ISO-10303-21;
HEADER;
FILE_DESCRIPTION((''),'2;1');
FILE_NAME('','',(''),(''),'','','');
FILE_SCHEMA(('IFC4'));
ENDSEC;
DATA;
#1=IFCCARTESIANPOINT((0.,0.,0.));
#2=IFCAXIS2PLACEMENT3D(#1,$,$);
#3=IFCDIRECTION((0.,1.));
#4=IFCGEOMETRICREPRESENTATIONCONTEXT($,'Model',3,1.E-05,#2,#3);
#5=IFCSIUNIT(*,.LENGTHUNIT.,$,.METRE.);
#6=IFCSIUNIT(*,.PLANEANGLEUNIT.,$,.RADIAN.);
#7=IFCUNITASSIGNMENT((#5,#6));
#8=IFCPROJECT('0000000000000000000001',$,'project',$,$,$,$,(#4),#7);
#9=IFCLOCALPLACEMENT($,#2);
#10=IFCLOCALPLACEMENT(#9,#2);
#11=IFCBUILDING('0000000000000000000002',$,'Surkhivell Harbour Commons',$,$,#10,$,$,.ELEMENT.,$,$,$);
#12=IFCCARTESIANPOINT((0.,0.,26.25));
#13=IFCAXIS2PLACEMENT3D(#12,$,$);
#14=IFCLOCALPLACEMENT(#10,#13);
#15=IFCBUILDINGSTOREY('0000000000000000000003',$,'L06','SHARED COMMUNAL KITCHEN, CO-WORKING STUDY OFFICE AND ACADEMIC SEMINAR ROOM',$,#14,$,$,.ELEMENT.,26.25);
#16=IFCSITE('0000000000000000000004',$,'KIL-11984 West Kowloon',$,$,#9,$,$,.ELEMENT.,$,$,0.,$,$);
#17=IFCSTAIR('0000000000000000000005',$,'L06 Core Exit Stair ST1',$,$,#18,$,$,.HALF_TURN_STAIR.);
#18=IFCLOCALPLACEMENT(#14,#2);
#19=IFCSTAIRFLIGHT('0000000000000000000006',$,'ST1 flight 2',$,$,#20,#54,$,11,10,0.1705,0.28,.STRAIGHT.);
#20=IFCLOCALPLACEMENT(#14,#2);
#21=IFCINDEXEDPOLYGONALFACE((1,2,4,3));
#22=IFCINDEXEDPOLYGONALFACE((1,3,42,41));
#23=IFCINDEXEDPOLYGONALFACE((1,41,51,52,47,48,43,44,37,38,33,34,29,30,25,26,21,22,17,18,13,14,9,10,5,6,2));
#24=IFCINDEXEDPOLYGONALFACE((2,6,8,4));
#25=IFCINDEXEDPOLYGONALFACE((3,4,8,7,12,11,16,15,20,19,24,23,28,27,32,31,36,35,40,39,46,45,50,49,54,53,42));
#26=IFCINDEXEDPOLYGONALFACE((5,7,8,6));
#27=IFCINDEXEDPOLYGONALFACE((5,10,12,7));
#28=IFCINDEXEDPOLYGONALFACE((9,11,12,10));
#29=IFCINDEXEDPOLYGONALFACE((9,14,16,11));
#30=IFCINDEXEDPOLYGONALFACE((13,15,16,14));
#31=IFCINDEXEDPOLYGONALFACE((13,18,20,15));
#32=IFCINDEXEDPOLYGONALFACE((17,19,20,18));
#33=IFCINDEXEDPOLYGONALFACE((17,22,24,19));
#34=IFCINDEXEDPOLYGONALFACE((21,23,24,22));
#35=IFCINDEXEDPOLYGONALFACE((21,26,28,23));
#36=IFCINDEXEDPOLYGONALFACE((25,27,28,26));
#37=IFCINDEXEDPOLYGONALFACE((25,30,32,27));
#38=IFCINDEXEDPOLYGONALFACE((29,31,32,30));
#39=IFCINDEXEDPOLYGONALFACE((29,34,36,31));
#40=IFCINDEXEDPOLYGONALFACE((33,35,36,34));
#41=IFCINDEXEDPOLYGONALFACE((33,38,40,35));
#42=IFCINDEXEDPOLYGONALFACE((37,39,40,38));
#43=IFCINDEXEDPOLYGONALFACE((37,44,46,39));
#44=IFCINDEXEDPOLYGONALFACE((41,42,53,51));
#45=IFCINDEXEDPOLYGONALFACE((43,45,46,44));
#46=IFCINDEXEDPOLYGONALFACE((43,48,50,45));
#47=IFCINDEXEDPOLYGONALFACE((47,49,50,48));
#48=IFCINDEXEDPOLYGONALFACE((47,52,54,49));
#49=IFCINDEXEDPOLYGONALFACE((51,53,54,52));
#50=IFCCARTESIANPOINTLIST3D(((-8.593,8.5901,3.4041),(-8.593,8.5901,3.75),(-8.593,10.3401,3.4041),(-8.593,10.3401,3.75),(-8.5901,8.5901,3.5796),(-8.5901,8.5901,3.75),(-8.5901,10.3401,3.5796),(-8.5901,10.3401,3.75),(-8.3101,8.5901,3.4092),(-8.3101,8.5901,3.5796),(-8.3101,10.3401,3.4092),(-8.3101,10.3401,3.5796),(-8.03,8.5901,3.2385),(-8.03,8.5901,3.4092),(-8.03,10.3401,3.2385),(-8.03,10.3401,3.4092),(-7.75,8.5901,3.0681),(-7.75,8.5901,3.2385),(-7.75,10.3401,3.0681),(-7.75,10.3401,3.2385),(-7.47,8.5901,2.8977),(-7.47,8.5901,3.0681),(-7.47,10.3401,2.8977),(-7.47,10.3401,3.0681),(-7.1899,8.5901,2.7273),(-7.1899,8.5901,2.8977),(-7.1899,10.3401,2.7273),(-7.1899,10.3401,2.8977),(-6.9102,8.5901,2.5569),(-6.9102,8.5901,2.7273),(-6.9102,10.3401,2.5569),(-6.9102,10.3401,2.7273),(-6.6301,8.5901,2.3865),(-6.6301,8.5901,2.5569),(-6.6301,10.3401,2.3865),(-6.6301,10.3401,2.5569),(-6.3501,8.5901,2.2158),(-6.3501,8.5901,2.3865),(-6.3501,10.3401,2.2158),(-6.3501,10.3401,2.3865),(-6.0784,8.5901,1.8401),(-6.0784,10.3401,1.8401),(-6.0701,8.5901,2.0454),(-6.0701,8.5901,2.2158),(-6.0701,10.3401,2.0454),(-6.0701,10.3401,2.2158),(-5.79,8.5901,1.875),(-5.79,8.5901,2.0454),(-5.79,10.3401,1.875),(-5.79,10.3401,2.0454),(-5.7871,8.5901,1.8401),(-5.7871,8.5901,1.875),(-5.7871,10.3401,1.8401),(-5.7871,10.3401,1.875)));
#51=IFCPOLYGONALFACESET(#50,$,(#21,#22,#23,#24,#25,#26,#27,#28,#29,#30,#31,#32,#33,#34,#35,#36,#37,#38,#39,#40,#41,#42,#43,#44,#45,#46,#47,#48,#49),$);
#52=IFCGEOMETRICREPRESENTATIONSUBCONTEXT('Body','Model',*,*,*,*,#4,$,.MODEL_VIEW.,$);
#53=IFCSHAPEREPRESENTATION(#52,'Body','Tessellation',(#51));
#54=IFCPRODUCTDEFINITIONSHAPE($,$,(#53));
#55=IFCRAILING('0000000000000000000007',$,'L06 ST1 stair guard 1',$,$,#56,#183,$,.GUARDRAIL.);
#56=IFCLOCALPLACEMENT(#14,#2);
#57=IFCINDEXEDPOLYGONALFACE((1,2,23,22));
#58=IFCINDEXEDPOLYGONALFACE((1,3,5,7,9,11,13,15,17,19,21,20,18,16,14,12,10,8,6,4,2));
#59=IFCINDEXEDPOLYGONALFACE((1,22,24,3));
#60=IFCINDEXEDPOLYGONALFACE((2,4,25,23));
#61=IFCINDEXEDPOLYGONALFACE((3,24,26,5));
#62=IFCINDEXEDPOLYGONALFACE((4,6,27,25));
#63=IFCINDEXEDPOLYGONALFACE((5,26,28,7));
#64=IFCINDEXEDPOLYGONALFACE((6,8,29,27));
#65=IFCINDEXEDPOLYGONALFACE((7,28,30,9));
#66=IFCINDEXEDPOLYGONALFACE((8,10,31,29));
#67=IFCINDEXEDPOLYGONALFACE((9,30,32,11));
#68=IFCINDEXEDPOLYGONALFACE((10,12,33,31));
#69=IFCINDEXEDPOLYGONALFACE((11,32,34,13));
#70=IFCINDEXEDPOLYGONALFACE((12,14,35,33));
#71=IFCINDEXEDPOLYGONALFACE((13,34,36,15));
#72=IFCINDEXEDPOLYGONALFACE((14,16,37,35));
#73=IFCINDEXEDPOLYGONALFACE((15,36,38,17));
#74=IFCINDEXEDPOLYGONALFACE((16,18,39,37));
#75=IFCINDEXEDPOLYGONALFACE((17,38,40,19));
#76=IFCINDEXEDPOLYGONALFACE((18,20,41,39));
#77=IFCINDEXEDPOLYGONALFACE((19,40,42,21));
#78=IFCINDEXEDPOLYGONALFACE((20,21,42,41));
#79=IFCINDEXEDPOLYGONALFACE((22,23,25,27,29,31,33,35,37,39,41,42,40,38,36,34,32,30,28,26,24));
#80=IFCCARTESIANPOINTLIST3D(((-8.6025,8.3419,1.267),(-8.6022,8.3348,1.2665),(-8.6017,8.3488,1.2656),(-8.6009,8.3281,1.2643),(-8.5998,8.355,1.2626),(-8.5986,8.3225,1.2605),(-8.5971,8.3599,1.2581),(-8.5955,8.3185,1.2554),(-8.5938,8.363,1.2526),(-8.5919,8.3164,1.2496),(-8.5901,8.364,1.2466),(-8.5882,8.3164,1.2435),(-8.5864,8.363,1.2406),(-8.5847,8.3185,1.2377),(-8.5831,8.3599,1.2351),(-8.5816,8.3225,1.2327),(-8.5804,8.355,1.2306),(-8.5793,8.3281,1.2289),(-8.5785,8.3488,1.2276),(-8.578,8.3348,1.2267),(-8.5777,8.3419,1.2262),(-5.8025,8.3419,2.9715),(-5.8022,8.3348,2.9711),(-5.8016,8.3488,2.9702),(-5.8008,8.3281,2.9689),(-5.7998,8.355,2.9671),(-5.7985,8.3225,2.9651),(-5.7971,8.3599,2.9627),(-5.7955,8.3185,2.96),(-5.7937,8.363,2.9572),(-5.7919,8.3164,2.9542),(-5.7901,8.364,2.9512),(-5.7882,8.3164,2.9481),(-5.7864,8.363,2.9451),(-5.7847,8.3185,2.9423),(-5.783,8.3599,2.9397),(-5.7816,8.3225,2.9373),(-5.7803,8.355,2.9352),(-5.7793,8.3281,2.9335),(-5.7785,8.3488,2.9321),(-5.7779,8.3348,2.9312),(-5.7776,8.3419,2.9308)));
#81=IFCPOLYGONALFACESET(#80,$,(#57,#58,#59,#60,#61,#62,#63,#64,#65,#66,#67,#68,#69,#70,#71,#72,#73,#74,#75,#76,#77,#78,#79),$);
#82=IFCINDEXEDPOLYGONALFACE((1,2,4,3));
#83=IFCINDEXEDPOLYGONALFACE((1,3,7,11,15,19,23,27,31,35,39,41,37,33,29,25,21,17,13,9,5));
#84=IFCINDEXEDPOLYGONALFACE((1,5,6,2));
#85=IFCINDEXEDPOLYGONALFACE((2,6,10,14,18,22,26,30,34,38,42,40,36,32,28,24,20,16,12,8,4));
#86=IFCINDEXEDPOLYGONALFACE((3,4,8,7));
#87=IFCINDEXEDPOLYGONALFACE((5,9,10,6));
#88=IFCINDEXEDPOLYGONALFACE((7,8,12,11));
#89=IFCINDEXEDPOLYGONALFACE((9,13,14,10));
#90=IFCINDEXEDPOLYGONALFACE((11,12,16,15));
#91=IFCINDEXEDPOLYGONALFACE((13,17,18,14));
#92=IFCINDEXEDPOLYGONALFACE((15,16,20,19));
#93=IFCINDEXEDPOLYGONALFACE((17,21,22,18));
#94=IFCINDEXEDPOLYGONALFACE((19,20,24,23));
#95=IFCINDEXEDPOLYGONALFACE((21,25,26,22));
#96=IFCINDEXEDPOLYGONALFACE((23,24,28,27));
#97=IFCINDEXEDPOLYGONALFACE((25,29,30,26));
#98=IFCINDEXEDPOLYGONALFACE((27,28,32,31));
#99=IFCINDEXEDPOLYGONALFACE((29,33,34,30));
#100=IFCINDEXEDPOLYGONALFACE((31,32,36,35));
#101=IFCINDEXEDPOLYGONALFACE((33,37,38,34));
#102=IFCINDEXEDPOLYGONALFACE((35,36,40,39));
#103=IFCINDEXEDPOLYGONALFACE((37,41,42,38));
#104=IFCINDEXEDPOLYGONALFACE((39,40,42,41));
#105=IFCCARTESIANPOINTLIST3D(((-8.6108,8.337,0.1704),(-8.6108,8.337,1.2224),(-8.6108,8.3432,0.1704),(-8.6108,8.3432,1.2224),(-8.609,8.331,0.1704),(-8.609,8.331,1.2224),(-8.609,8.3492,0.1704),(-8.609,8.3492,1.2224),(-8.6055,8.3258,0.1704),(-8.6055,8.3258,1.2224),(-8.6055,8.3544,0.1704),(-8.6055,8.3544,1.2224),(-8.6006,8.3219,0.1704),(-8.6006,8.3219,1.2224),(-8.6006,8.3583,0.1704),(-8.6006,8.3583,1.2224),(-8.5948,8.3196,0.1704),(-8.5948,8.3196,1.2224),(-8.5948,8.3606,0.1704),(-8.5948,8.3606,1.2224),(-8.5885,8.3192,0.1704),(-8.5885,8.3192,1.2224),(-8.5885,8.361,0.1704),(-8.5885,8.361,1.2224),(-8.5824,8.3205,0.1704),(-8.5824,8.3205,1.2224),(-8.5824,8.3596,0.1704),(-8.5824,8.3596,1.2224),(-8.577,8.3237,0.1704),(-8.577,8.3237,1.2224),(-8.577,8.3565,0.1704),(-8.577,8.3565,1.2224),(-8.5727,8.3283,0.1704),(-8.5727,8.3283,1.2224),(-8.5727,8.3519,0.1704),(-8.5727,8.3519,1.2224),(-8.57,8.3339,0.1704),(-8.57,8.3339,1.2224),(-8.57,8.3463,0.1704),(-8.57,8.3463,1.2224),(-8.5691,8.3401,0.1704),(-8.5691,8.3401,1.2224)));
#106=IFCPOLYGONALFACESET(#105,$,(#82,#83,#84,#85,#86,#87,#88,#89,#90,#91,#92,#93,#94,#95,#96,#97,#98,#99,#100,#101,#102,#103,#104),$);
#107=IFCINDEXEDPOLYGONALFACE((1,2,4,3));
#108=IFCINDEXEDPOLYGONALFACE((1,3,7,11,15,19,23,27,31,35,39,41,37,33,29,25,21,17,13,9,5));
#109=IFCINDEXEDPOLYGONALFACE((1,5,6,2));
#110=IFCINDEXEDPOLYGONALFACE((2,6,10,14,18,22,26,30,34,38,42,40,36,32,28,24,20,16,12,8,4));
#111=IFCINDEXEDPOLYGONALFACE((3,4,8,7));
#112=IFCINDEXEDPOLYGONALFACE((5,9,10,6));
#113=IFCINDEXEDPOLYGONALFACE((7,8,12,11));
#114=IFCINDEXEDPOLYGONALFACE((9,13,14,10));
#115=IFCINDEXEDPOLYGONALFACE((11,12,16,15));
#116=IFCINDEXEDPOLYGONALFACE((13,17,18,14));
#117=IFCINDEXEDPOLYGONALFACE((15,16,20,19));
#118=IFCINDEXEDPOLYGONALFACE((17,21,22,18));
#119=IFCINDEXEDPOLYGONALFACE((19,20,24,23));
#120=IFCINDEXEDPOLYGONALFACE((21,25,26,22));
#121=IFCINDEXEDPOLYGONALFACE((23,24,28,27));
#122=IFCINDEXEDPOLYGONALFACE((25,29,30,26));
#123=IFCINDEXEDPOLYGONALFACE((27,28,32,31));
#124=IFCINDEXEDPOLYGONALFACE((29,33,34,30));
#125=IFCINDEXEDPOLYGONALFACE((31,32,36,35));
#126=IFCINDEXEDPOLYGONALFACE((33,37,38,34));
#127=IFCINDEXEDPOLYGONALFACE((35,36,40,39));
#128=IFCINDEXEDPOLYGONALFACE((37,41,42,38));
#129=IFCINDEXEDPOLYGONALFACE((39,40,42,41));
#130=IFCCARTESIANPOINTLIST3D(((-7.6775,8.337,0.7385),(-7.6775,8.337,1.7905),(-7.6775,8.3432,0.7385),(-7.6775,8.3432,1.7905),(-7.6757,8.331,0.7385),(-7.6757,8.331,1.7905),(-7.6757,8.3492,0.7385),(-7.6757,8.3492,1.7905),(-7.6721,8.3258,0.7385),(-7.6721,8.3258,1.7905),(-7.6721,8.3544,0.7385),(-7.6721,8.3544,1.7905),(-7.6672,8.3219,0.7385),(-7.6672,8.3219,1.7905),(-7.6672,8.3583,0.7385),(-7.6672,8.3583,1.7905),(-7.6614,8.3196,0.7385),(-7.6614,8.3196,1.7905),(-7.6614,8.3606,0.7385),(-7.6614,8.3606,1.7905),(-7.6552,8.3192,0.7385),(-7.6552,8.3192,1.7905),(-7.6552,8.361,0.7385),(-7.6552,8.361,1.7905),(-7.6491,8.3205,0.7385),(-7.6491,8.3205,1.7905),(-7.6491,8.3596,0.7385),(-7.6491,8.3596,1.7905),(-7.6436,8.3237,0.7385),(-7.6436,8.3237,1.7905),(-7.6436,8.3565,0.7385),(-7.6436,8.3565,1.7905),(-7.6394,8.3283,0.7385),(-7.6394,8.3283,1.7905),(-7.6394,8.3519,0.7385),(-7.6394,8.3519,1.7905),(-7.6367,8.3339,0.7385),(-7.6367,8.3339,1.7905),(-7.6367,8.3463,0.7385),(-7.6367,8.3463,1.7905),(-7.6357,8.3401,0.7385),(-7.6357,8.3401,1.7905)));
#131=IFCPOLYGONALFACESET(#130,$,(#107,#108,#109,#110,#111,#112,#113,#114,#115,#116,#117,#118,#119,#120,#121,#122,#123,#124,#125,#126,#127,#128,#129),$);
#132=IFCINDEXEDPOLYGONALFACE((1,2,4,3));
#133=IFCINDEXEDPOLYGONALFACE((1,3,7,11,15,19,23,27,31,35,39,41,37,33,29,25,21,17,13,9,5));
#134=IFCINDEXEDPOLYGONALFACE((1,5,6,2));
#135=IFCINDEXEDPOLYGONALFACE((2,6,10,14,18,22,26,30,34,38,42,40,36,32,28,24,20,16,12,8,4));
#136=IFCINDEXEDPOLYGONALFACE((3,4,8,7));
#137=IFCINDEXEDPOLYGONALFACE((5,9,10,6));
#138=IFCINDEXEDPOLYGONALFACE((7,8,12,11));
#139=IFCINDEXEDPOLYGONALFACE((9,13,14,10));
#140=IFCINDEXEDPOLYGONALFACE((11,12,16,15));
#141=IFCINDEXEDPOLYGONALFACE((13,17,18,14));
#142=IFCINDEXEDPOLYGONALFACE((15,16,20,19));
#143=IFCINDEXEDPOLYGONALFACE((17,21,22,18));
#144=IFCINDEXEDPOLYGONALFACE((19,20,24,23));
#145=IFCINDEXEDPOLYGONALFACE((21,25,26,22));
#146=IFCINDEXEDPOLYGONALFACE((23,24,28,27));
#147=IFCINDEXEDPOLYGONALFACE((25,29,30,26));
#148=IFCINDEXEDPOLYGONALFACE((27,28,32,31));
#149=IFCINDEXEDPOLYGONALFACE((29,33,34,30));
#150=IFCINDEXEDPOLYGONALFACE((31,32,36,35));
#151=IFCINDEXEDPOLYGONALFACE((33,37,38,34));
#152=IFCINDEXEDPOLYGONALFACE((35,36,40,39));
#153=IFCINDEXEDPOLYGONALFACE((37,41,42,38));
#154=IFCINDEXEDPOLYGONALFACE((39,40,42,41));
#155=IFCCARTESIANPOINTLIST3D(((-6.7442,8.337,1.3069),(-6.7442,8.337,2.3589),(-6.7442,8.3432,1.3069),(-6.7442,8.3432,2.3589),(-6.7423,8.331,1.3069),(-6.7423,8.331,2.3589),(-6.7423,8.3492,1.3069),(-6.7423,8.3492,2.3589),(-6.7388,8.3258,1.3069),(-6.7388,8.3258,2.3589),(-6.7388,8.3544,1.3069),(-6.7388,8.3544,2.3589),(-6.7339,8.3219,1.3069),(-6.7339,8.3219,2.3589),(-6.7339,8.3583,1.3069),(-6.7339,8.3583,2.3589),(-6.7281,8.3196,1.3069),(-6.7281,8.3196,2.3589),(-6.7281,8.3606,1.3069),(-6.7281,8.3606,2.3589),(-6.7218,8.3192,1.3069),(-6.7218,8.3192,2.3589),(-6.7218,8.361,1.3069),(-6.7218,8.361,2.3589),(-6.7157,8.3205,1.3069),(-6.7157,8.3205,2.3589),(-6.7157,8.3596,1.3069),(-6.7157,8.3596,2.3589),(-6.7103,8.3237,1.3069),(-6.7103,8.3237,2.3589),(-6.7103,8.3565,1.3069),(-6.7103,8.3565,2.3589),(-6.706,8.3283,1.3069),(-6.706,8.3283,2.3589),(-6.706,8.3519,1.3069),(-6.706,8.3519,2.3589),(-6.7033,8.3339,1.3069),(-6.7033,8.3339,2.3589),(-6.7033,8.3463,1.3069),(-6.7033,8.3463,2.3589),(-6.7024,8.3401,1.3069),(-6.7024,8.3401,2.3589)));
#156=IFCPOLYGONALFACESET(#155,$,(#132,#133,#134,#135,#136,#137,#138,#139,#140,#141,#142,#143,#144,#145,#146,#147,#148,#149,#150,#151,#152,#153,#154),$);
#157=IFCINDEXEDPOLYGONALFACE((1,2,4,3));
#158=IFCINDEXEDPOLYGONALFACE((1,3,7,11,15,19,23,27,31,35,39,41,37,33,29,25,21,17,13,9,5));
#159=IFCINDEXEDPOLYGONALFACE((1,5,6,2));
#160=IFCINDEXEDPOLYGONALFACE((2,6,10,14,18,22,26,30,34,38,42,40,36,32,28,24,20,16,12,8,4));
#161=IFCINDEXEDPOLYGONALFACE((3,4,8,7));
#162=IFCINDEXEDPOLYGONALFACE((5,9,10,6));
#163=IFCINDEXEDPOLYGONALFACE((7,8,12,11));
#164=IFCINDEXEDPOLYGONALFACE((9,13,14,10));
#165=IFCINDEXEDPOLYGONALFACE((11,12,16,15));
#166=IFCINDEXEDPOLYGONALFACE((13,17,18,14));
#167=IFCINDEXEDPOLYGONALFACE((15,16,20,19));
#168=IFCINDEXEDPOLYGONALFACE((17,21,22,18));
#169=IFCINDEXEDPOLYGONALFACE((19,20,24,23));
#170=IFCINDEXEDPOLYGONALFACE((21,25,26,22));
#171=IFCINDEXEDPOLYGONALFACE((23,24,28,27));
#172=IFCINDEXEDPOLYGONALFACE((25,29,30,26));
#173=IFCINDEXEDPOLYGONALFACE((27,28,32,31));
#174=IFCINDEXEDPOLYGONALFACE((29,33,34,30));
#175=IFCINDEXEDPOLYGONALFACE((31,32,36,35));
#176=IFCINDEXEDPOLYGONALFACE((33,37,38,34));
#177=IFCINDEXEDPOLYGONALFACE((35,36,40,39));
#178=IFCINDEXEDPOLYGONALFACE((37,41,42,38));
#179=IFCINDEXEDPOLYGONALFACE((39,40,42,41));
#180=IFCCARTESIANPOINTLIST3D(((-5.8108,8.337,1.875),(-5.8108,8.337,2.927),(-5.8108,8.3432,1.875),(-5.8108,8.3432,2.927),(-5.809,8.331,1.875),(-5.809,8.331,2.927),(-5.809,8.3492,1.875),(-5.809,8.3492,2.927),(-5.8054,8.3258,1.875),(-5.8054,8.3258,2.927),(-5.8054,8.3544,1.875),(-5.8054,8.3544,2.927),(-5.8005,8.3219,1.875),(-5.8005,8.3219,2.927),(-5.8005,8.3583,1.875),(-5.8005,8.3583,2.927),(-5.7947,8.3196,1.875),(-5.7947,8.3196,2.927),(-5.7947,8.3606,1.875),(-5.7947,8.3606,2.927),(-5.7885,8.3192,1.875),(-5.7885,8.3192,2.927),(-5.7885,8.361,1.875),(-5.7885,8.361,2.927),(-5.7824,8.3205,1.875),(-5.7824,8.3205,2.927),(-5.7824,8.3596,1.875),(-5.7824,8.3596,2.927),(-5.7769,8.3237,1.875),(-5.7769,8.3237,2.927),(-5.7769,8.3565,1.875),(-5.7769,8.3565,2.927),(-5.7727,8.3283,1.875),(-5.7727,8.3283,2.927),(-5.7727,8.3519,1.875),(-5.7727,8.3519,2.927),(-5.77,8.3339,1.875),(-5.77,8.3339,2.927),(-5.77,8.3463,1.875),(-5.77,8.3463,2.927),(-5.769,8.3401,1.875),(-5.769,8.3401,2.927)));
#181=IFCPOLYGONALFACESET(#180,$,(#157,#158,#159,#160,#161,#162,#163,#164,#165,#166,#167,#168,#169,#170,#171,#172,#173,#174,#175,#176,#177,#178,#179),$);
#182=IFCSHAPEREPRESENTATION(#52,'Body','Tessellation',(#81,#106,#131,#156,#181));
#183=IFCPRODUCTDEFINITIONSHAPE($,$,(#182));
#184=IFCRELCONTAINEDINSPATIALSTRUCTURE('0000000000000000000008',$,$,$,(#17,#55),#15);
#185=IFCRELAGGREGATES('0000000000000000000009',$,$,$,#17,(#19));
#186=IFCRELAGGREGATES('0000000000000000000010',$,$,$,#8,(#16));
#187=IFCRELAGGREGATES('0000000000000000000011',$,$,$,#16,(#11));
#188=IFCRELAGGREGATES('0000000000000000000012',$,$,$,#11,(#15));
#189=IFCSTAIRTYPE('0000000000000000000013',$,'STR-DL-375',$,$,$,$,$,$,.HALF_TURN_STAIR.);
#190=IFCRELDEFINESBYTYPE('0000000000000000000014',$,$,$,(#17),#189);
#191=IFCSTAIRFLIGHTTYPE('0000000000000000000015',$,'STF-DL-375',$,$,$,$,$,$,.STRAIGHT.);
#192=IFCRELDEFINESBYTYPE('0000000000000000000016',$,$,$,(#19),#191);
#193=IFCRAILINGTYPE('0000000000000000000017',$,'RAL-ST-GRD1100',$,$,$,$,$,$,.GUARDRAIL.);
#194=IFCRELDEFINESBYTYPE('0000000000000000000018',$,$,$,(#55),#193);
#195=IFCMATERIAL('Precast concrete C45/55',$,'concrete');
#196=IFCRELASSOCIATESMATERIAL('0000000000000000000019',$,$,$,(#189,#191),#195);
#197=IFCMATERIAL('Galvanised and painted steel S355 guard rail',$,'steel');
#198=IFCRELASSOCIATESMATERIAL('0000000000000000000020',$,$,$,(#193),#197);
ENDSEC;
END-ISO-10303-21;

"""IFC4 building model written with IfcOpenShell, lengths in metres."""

from ifc_helpers import new_model, si_unit, direction, frame, origin, origin_2d, place, context, subcontext, project, spatial, polyline, circle, outline, extrude, material, type_object, element, aggregate, save


model = new_model("IFC4")

# Units and contexts
model_context = context("Model", 3, precision=1e-05, world=origin(), true_north=direction((0.0, 1.0)))
body_context = subcontext(model_context, "Body", "Model", "MODEL_VIEW")
ifc_project = project(units=[si_unit("LENGTHUNIT", "METRE"), si_unit("PLANEANGLEUNIT", "RADIAN")], contexts=[model_context])

# Site, building, storey
site_placement = place(None, origin())
site = spatial("IfcSite", under=ifc_project, at=site_placement, Name="KIL-11984 West Kowloon", CompositionType="ELEMENT", RefElevation=0.0)
building_placement = place(site_placement, origin())
building = spatial("IfcBuilding", under=site, at=building_placement, Name="Surkhivell Harbour Commons", CompositionType="ELEMENT")
storey_placement = place(building_placement, frame((0.0, 0.0, 26.25)))
storey = spatial("IfcBuildingStorey", under=building, at=storey_placement, Name="L06", Description="SHARED COMMUNAL KITCHEN, CO-WORKING STUDY OFFICE AND ACADEMIC SEMINAR ROOM", CompositionType="ELEMENT", Elevation=26.25)

# Stair, stair flight
ifc_material_1 = material(Name="Precast concrete C45/55", Category="concrete")
stair_type = type_object("IfcStairType", Name="STR-DL-375", PredefinedType="HALF_TURN_STAIR", material=ifc_material_1)
stair_placement = place(storey_placement, origin())
stair = element("IfcStair", 1, at=stair_placement, inside=storey, type_object=stair_type, Name="L06 Core Exit Stair ST1", PredefinedType="HALF_TURN_STAIR")
stair_flight_type = type_object("IfcStairFlightType", Name="STF-DL-375", PredefinedType="STRAIGHT", material=ifc_material_1)
stair_flight_1_placement = place(storey_placement, frame((-5.79, 9.4651, 1.875), z_axis=(0.0, 0.0, 1.0), x_axis=(-1.0, 0.0, 0.0)))
stair_flight_1 = element("IfcStairFlight", 2, at=stair_flight_1_placement, type_object=stair_flight_type, Name="ST1 flight 2", NumberOfRisers=11, NumberOfTreads=10, PredefinedType="STRAIGHT", RiserHeight=0.1705, TreadLength=0.28, context=body_context, shape_type="SweptSolid", body=[
    extrude(outline(polyline([(-0.0029, -0.0349), (-0.0029, 0.0), (0.0, 0.0), (0.0, 0.1704), (0.28, 0.1704), (0.28, 0.3408), (0.5601, 0.3408), (0.5601, 0.5115), (0.8401, 0.5115), (0.8401, 0.6819), (1.1201, 0.6819), (1.1201, 0.8523), (1.3999, 0.8523), (1.3999, 1.0227), (1.6799, 1.0227), (1.6799, 1.1931), (1.96, 1.1931), (1.96, 1.3635), (2.24, 1.3635), (2.24, 1.5342), (2.52, 1.5342), (2.52, 1.7046), (2.8, 1.7046), (2.8, 1.875), (2.803, 1.875), (2.803, 1.5291), (0.2883, -0.0349), (-0.0029, -0.0349)])), frame((0.0, 0.875, 0.0), z_axis=(0.0, -1.0, 0.0), x_axis=(1.0, 0.0, 0.0)), (0.0, 0.0, 1.0), 1.75),
])
aggregate(stair, [stair_flight_1])

# Railing
ifc_material_2 = material(Name="Galvanised and painted steel S355 guard rail", Category="steel")
railing_type_1 = type_object("IfcRailingType", Name="RAL-ST-GRD1100", PredefinedType="GUARDRAIL", material=ifc_material_2)
railing_1_placement = place(storey_placement, frame((-8.5901, 8.3401, 0.1704)))
element("IfcRailing", 3, at=railing_1_placement, inside=storey, type_object=railing_type_1, Name="L06 ST1 stair guard 1", PredefinedType="GUARDRAIL", context=body_context, shape_type="SweptSolid", body=[
    extrude(circle(Radius=0.0239, at=origin_2d()), frame((0.0, 0.0, 1.0762), z_axis=(0.85417, 0.0, 0.519994), x_axis=(0.0, 1.0, 0.0)), (0.0, 0.0, 1.0), 3.2781),
    extrude(circle(Radius=0.021, at=origin_2d()), origin(), (0.0, 0.0, 1.0), 1.052),
    extrude(circle(Radius=0.021, at=origin_2d()), frame((0.9333, 0.0, 0.5681)), (0.0, 0.0, 1.0), 1.052),
    extrude(circle(Radius=0.021, at=origin_2d()), frame((1.8667, 0.0, 1.1365)), (0.0, 0.0, 1.0), 1.052),
    extrude(circle(Radius=0.021, at=origin_2d()), frame((2.8, 0.0, 1.7046)), (0.0, 0.0, 1.0), 1.052),
])

save(model, "model.ifc")
